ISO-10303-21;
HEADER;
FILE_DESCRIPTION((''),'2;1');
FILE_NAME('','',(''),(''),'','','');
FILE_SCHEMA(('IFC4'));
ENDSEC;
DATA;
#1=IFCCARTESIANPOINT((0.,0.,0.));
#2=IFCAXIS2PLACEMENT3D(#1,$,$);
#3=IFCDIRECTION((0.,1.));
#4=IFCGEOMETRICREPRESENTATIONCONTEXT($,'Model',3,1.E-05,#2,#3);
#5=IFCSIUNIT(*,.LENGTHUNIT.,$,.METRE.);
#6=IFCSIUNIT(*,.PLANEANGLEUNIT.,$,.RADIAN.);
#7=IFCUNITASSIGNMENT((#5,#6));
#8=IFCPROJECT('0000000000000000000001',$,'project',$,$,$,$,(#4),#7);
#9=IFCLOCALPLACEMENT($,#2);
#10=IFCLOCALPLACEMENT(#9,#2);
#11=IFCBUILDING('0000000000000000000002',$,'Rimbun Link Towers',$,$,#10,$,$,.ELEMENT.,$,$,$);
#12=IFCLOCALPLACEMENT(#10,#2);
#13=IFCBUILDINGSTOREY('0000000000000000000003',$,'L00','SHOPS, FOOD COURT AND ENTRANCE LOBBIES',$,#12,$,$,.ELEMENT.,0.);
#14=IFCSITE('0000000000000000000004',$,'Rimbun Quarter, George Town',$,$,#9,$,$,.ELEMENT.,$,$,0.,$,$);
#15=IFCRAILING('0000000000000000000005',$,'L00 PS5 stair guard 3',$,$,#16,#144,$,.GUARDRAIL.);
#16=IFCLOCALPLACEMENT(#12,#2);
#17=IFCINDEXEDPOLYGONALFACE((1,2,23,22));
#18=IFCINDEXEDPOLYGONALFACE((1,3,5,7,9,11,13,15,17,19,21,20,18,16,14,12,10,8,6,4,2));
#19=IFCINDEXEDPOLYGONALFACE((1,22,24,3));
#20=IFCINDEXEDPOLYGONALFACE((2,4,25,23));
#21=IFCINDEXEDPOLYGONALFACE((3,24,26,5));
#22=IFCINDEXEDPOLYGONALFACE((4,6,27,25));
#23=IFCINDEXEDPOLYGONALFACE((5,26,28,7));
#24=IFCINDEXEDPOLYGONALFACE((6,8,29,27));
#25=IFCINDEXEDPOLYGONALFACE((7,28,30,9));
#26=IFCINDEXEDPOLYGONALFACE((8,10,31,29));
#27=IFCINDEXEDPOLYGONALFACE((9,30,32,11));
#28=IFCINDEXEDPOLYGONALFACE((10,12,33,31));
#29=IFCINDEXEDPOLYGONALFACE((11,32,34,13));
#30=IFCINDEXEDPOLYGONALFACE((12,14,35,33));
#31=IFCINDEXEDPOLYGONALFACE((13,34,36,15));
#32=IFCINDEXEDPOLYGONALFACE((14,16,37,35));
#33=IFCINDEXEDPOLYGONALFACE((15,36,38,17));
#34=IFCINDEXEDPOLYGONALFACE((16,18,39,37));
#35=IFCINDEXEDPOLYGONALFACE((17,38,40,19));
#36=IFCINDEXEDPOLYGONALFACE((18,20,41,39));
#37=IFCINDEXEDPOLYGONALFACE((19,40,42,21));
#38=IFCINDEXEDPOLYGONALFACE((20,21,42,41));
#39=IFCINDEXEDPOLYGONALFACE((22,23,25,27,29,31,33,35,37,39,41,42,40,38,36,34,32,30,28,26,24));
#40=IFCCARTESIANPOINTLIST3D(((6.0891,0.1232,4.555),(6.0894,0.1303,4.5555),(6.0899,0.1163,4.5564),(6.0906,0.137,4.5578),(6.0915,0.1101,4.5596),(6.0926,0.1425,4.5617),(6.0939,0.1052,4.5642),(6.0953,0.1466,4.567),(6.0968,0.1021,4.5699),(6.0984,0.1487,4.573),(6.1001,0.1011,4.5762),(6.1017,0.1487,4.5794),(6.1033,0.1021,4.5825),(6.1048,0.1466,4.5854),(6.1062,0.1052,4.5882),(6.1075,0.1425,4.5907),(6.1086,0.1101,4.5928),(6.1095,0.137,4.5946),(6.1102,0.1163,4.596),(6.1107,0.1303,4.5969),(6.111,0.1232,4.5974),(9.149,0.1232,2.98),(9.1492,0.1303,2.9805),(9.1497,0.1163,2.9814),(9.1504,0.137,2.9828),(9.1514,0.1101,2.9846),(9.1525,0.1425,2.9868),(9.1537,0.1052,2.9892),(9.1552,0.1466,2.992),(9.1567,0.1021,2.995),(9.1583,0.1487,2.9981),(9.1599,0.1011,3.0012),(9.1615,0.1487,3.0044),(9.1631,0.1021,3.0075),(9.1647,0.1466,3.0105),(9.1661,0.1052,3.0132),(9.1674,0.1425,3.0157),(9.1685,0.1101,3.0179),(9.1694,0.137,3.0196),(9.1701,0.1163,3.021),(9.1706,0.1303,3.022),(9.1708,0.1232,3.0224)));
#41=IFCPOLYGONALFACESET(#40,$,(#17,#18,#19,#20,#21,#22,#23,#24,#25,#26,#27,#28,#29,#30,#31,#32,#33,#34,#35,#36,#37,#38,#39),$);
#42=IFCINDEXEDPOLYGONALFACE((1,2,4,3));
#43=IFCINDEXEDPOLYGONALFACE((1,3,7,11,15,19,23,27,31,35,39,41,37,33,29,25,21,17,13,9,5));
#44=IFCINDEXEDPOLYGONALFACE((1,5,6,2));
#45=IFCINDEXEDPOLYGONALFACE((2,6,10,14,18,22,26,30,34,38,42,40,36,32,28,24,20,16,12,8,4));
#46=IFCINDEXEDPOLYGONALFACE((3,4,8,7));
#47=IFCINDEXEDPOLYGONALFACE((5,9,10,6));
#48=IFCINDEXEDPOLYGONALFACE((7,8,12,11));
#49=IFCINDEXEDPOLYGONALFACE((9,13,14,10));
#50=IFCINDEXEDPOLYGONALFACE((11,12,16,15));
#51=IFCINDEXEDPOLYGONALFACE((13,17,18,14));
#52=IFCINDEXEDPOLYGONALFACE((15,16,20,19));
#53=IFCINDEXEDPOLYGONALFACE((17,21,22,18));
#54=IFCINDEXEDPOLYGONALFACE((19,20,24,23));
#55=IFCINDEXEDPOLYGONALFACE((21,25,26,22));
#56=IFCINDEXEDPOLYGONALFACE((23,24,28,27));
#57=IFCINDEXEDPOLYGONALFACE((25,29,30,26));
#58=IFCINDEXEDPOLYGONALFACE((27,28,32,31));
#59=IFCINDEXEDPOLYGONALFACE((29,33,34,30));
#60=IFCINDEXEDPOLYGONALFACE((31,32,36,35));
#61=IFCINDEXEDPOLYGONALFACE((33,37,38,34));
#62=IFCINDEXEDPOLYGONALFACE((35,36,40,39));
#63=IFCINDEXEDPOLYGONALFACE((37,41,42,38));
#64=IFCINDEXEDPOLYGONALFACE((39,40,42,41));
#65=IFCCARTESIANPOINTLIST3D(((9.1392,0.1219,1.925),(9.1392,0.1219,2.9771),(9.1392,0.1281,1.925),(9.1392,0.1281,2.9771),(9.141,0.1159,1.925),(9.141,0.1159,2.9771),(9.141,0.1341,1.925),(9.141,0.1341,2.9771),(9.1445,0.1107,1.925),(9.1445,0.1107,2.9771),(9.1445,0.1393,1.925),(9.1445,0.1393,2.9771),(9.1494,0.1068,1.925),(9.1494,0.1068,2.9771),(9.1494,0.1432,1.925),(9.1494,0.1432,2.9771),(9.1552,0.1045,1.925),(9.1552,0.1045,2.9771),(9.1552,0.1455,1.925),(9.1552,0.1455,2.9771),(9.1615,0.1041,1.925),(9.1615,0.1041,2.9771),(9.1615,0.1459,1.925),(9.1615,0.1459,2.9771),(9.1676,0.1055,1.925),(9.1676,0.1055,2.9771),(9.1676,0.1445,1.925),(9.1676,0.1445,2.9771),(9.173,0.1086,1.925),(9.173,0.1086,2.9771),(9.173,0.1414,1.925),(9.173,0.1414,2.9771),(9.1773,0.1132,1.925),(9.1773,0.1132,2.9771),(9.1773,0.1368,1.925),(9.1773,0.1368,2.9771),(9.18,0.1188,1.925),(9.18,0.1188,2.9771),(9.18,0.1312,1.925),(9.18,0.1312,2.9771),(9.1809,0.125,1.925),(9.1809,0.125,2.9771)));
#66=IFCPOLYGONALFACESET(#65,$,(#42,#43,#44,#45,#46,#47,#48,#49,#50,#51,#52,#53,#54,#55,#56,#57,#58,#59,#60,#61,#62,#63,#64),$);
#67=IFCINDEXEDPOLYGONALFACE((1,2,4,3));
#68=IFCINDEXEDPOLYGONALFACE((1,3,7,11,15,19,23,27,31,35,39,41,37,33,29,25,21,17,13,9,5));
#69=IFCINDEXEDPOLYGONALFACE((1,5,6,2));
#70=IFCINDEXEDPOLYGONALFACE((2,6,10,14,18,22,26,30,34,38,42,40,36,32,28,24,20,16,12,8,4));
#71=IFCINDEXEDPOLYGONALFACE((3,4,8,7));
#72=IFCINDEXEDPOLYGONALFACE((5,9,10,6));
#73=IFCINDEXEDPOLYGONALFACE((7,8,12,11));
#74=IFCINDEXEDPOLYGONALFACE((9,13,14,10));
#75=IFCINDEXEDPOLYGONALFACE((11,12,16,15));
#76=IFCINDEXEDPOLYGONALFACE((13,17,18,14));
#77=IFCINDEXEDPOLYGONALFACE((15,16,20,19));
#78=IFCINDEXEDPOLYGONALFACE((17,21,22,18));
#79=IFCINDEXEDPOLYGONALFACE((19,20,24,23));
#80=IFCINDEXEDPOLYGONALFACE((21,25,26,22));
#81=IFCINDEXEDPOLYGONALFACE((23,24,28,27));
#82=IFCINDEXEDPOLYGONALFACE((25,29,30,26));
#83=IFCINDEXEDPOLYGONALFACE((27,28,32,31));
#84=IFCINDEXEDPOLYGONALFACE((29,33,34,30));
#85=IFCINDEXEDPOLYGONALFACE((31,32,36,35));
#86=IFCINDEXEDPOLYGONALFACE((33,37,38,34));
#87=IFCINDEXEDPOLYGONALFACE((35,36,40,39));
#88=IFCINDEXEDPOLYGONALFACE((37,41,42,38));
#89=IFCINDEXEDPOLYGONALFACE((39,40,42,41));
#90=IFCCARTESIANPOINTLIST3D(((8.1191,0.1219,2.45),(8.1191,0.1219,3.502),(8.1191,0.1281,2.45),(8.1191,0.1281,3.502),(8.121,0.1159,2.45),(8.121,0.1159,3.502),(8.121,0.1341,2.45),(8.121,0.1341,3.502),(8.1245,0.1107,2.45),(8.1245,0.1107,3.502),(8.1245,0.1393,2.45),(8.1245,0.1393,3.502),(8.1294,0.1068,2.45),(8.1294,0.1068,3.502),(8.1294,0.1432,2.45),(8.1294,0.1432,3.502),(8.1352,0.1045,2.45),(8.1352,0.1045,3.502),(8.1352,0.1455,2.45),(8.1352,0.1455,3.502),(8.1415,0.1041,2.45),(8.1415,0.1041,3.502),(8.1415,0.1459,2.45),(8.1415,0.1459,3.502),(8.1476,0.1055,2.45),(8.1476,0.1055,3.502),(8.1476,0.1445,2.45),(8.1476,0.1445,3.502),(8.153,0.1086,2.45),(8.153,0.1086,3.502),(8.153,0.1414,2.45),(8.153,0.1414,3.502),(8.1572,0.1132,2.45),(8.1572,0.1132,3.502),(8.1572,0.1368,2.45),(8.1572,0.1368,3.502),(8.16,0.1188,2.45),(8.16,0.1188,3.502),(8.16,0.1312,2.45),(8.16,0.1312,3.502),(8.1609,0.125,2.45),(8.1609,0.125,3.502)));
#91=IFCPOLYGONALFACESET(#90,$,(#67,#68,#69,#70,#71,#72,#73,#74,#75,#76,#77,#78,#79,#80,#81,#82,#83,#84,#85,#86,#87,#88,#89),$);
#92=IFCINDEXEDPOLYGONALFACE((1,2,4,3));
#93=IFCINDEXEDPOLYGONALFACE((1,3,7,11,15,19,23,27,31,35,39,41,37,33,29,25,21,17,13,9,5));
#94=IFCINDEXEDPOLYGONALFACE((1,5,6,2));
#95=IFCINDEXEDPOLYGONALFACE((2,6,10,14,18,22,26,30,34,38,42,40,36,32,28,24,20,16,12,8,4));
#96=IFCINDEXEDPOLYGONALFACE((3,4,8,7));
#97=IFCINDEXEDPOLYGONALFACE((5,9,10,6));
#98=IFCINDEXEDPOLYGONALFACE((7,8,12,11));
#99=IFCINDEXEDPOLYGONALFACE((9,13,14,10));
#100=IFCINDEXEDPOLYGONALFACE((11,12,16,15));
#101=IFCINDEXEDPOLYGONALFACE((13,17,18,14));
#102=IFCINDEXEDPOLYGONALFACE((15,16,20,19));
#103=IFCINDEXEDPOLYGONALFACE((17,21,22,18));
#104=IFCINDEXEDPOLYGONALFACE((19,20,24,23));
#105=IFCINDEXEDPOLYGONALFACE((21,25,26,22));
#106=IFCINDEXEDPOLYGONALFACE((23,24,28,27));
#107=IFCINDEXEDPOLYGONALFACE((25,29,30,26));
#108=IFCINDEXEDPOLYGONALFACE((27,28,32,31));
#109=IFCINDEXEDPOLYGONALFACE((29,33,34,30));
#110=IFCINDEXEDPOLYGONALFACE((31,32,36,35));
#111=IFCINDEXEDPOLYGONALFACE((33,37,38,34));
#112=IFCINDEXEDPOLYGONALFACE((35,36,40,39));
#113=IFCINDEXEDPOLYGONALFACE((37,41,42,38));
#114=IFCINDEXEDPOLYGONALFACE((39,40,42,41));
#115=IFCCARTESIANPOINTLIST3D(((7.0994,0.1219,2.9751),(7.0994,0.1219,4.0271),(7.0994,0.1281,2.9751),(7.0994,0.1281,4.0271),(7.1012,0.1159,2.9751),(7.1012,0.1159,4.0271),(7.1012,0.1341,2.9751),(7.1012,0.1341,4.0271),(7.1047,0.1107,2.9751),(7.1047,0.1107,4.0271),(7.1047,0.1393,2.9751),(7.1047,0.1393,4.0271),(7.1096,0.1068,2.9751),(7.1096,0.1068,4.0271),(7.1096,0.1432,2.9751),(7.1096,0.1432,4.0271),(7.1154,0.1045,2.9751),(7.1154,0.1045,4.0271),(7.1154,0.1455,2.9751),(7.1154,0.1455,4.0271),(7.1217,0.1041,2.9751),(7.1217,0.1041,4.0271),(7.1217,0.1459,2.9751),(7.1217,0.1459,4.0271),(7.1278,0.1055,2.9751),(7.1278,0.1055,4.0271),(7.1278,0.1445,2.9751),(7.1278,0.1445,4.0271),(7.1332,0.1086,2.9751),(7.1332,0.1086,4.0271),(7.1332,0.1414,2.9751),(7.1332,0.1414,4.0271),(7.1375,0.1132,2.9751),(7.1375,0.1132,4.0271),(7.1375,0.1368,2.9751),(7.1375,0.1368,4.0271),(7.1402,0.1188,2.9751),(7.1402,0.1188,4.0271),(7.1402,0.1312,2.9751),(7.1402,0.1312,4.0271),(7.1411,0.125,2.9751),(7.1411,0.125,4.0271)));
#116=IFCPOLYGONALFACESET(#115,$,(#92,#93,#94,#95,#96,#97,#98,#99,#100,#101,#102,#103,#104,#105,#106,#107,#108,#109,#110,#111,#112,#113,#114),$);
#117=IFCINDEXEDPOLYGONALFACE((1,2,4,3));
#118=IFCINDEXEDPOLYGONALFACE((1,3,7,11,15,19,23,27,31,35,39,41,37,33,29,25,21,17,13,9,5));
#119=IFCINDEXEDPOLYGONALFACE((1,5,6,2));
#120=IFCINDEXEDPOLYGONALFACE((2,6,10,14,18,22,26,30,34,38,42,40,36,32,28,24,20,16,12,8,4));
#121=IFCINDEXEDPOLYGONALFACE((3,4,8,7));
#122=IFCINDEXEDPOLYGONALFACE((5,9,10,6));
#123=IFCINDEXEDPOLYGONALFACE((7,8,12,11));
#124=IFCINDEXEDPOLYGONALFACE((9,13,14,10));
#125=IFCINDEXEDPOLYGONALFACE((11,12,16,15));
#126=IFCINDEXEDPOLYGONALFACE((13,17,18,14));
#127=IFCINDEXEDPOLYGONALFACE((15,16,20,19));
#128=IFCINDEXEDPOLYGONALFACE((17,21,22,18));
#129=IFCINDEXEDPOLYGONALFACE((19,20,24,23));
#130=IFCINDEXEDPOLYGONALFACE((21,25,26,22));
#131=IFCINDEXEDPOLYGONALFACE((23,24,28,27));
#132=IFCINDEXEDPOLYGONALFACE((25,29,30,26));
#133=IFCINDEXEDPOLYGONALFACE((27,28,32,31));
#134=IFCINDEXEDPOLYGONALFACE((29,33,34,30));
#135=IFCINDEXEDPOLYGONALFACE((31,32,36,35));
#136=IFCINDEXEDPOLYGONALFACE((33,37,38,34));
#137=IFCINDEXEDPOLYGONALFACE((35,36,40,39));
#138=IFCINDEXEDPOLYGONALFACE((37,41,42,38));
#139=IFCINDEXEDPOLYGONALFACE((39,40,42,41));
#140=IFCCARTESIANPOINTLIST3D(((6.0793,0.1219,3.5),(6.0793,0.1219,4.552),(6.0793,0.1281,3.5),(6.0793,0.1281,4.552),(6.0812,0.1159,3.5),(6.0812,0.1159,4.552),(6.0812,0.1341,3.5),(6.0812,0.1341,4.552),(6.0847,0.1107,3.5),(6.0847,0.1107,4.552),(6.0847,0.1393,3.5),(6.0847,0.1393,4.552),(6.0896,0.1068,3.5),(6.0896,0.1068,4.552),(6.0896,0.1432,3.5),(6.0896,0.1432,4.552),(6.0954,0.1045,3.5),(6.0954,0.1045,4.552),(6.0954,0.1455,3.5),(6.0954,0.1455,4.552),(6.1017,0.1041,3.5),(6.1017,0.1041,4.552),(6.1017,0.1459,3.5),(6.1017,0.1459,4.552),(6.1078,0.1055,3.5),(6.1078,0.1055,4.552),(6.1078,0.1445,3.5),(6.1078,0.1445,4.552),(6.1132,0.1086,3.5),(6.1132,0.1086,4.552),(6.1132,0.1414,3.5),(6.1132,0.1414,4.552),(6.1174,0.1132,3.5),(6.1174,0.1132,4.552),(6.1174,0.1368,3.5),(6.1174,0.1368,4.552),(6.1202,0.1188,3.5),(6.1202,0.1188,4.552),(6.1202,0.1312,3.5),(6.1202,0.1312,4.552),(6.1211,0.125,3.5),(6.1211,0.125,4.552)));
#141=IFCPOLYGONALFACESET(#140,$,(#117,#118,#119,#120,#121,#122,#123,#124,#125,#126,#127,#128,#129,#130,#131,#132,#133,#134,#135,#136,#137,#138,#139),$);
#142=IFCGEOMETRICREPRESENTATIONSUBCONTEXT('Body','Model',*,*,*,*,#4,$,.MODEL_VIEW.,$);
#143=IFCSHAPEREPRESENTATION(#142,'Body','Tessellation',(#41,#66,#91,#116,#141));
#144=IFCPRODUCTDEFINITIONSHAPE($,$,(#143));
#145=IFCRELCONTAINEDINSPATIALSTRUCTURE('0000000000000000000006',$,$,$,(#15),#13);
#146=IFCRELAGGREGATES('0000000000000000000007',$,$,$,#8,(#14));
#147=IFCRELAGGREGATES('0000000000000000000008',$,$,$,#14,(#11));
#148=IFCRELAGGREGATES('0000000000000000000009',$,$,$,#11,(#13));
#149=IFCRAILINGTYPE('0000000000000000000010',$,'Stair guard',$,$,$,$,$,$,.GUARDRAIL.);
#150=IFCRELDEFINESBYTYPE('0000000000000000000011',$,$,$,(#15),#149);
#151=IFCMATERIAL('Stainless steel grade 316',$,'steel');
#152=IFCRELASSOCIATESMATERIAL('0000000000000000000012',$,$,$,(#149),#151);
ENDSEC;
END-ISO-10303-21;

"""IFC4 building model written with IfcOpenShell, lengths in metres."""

from ifc_helpers import new_model, si_unit, direction, frame, origin, origin_2d, place, context, subcontext, project, spatial, circle, extrude, material, type_object, element, save


model = new_model("IFC4")

# Units and contexts
model_context = context("Model", 3, precision=1e-05, world=origin(), true_north=direction((0.0, 1.0)))
body_context = subcontext(model_context, "Body", "Model", "MODEL_VIEW")
ifc_project = project(units=[si_unit("LENGTHUNIT", "METRE"), si_unit("PLANEANGLEUNIT", "RADIAN")], contexts=[model_context])

# Site, building, storey
site_placement = place(None, origin())
site = spatial("IfcSite", under=ifc_project, at=site_placement, Name="Rimbun Quarter, George Town", CompositionType="ELEMENT", RefElevation=0.0)
building_placement = place(site_placement, origin())
building = spatial("IfcBuilding", under=site, at=building_placement, Name="Rimbun Link Towers", CompositionType="ELEMENT")
storey_placement = place(building_placement, origin())
storey = spatial("IfcBuildingStorey", under=building, at=storey_placement, Name="L00", Description="SHOPS, FOOD COURT AND ENTRANCE LOBBIES", CompositionType="ELEMENT", Elevation=0.0)

# Railing
ifc_material_1 = material(Name="Stainless steel grade 316", Category="steel")
railing_type_1 = type_object("IfcRailingType", Name="Stair guard", PredefinedType="GUARDRAIL", material=ifc_material_1)
railing_1_placement = place(storey_placement, frame((9.1599, 0.125, 1.925)))
element("IfcRailing", 1, at=railing_1_placement, inside=storey, type_object=railing_type_1, Name="L00 PS5 stair guard 3", PredefinedType="GUARDRAIL", context=body_context, shape_type="SweptSolid", body=[
    extrude(circle(Radius=0.0239, at=origin_2d()), frame((0.0, 0.0, 1.0762), z_axis=(-0.88913, 0.0, 0.457654), x_axis=(0.0, -1.0, 0.0)), (0.0, 0.0, 1.0), 3.4414),
    extrude(circle(Radius=0.021, at=origin_2d()), origin(), (0.0, 0.0, 1.0), 1.052),
    extrude(circle(Radius=0.021, at=origin_2d()), frame((-1.02, 0.0, 0.5249)), (0.0, 0.0, 1.0), 1.052),
    extrude(circle(Radius=0.021, at=origin_2d()), frame((-2.0398, 0.0, 1.05)), (0.0, 0.0, 1.0), 1.052),
    extrude(circle(Radius=0.021, at=origin_2d()), frame((-3.0598, 0.0, 1.575)), (0.0, 0.0, 1.0), 1.052),
])

save(model, "model.ifc")
